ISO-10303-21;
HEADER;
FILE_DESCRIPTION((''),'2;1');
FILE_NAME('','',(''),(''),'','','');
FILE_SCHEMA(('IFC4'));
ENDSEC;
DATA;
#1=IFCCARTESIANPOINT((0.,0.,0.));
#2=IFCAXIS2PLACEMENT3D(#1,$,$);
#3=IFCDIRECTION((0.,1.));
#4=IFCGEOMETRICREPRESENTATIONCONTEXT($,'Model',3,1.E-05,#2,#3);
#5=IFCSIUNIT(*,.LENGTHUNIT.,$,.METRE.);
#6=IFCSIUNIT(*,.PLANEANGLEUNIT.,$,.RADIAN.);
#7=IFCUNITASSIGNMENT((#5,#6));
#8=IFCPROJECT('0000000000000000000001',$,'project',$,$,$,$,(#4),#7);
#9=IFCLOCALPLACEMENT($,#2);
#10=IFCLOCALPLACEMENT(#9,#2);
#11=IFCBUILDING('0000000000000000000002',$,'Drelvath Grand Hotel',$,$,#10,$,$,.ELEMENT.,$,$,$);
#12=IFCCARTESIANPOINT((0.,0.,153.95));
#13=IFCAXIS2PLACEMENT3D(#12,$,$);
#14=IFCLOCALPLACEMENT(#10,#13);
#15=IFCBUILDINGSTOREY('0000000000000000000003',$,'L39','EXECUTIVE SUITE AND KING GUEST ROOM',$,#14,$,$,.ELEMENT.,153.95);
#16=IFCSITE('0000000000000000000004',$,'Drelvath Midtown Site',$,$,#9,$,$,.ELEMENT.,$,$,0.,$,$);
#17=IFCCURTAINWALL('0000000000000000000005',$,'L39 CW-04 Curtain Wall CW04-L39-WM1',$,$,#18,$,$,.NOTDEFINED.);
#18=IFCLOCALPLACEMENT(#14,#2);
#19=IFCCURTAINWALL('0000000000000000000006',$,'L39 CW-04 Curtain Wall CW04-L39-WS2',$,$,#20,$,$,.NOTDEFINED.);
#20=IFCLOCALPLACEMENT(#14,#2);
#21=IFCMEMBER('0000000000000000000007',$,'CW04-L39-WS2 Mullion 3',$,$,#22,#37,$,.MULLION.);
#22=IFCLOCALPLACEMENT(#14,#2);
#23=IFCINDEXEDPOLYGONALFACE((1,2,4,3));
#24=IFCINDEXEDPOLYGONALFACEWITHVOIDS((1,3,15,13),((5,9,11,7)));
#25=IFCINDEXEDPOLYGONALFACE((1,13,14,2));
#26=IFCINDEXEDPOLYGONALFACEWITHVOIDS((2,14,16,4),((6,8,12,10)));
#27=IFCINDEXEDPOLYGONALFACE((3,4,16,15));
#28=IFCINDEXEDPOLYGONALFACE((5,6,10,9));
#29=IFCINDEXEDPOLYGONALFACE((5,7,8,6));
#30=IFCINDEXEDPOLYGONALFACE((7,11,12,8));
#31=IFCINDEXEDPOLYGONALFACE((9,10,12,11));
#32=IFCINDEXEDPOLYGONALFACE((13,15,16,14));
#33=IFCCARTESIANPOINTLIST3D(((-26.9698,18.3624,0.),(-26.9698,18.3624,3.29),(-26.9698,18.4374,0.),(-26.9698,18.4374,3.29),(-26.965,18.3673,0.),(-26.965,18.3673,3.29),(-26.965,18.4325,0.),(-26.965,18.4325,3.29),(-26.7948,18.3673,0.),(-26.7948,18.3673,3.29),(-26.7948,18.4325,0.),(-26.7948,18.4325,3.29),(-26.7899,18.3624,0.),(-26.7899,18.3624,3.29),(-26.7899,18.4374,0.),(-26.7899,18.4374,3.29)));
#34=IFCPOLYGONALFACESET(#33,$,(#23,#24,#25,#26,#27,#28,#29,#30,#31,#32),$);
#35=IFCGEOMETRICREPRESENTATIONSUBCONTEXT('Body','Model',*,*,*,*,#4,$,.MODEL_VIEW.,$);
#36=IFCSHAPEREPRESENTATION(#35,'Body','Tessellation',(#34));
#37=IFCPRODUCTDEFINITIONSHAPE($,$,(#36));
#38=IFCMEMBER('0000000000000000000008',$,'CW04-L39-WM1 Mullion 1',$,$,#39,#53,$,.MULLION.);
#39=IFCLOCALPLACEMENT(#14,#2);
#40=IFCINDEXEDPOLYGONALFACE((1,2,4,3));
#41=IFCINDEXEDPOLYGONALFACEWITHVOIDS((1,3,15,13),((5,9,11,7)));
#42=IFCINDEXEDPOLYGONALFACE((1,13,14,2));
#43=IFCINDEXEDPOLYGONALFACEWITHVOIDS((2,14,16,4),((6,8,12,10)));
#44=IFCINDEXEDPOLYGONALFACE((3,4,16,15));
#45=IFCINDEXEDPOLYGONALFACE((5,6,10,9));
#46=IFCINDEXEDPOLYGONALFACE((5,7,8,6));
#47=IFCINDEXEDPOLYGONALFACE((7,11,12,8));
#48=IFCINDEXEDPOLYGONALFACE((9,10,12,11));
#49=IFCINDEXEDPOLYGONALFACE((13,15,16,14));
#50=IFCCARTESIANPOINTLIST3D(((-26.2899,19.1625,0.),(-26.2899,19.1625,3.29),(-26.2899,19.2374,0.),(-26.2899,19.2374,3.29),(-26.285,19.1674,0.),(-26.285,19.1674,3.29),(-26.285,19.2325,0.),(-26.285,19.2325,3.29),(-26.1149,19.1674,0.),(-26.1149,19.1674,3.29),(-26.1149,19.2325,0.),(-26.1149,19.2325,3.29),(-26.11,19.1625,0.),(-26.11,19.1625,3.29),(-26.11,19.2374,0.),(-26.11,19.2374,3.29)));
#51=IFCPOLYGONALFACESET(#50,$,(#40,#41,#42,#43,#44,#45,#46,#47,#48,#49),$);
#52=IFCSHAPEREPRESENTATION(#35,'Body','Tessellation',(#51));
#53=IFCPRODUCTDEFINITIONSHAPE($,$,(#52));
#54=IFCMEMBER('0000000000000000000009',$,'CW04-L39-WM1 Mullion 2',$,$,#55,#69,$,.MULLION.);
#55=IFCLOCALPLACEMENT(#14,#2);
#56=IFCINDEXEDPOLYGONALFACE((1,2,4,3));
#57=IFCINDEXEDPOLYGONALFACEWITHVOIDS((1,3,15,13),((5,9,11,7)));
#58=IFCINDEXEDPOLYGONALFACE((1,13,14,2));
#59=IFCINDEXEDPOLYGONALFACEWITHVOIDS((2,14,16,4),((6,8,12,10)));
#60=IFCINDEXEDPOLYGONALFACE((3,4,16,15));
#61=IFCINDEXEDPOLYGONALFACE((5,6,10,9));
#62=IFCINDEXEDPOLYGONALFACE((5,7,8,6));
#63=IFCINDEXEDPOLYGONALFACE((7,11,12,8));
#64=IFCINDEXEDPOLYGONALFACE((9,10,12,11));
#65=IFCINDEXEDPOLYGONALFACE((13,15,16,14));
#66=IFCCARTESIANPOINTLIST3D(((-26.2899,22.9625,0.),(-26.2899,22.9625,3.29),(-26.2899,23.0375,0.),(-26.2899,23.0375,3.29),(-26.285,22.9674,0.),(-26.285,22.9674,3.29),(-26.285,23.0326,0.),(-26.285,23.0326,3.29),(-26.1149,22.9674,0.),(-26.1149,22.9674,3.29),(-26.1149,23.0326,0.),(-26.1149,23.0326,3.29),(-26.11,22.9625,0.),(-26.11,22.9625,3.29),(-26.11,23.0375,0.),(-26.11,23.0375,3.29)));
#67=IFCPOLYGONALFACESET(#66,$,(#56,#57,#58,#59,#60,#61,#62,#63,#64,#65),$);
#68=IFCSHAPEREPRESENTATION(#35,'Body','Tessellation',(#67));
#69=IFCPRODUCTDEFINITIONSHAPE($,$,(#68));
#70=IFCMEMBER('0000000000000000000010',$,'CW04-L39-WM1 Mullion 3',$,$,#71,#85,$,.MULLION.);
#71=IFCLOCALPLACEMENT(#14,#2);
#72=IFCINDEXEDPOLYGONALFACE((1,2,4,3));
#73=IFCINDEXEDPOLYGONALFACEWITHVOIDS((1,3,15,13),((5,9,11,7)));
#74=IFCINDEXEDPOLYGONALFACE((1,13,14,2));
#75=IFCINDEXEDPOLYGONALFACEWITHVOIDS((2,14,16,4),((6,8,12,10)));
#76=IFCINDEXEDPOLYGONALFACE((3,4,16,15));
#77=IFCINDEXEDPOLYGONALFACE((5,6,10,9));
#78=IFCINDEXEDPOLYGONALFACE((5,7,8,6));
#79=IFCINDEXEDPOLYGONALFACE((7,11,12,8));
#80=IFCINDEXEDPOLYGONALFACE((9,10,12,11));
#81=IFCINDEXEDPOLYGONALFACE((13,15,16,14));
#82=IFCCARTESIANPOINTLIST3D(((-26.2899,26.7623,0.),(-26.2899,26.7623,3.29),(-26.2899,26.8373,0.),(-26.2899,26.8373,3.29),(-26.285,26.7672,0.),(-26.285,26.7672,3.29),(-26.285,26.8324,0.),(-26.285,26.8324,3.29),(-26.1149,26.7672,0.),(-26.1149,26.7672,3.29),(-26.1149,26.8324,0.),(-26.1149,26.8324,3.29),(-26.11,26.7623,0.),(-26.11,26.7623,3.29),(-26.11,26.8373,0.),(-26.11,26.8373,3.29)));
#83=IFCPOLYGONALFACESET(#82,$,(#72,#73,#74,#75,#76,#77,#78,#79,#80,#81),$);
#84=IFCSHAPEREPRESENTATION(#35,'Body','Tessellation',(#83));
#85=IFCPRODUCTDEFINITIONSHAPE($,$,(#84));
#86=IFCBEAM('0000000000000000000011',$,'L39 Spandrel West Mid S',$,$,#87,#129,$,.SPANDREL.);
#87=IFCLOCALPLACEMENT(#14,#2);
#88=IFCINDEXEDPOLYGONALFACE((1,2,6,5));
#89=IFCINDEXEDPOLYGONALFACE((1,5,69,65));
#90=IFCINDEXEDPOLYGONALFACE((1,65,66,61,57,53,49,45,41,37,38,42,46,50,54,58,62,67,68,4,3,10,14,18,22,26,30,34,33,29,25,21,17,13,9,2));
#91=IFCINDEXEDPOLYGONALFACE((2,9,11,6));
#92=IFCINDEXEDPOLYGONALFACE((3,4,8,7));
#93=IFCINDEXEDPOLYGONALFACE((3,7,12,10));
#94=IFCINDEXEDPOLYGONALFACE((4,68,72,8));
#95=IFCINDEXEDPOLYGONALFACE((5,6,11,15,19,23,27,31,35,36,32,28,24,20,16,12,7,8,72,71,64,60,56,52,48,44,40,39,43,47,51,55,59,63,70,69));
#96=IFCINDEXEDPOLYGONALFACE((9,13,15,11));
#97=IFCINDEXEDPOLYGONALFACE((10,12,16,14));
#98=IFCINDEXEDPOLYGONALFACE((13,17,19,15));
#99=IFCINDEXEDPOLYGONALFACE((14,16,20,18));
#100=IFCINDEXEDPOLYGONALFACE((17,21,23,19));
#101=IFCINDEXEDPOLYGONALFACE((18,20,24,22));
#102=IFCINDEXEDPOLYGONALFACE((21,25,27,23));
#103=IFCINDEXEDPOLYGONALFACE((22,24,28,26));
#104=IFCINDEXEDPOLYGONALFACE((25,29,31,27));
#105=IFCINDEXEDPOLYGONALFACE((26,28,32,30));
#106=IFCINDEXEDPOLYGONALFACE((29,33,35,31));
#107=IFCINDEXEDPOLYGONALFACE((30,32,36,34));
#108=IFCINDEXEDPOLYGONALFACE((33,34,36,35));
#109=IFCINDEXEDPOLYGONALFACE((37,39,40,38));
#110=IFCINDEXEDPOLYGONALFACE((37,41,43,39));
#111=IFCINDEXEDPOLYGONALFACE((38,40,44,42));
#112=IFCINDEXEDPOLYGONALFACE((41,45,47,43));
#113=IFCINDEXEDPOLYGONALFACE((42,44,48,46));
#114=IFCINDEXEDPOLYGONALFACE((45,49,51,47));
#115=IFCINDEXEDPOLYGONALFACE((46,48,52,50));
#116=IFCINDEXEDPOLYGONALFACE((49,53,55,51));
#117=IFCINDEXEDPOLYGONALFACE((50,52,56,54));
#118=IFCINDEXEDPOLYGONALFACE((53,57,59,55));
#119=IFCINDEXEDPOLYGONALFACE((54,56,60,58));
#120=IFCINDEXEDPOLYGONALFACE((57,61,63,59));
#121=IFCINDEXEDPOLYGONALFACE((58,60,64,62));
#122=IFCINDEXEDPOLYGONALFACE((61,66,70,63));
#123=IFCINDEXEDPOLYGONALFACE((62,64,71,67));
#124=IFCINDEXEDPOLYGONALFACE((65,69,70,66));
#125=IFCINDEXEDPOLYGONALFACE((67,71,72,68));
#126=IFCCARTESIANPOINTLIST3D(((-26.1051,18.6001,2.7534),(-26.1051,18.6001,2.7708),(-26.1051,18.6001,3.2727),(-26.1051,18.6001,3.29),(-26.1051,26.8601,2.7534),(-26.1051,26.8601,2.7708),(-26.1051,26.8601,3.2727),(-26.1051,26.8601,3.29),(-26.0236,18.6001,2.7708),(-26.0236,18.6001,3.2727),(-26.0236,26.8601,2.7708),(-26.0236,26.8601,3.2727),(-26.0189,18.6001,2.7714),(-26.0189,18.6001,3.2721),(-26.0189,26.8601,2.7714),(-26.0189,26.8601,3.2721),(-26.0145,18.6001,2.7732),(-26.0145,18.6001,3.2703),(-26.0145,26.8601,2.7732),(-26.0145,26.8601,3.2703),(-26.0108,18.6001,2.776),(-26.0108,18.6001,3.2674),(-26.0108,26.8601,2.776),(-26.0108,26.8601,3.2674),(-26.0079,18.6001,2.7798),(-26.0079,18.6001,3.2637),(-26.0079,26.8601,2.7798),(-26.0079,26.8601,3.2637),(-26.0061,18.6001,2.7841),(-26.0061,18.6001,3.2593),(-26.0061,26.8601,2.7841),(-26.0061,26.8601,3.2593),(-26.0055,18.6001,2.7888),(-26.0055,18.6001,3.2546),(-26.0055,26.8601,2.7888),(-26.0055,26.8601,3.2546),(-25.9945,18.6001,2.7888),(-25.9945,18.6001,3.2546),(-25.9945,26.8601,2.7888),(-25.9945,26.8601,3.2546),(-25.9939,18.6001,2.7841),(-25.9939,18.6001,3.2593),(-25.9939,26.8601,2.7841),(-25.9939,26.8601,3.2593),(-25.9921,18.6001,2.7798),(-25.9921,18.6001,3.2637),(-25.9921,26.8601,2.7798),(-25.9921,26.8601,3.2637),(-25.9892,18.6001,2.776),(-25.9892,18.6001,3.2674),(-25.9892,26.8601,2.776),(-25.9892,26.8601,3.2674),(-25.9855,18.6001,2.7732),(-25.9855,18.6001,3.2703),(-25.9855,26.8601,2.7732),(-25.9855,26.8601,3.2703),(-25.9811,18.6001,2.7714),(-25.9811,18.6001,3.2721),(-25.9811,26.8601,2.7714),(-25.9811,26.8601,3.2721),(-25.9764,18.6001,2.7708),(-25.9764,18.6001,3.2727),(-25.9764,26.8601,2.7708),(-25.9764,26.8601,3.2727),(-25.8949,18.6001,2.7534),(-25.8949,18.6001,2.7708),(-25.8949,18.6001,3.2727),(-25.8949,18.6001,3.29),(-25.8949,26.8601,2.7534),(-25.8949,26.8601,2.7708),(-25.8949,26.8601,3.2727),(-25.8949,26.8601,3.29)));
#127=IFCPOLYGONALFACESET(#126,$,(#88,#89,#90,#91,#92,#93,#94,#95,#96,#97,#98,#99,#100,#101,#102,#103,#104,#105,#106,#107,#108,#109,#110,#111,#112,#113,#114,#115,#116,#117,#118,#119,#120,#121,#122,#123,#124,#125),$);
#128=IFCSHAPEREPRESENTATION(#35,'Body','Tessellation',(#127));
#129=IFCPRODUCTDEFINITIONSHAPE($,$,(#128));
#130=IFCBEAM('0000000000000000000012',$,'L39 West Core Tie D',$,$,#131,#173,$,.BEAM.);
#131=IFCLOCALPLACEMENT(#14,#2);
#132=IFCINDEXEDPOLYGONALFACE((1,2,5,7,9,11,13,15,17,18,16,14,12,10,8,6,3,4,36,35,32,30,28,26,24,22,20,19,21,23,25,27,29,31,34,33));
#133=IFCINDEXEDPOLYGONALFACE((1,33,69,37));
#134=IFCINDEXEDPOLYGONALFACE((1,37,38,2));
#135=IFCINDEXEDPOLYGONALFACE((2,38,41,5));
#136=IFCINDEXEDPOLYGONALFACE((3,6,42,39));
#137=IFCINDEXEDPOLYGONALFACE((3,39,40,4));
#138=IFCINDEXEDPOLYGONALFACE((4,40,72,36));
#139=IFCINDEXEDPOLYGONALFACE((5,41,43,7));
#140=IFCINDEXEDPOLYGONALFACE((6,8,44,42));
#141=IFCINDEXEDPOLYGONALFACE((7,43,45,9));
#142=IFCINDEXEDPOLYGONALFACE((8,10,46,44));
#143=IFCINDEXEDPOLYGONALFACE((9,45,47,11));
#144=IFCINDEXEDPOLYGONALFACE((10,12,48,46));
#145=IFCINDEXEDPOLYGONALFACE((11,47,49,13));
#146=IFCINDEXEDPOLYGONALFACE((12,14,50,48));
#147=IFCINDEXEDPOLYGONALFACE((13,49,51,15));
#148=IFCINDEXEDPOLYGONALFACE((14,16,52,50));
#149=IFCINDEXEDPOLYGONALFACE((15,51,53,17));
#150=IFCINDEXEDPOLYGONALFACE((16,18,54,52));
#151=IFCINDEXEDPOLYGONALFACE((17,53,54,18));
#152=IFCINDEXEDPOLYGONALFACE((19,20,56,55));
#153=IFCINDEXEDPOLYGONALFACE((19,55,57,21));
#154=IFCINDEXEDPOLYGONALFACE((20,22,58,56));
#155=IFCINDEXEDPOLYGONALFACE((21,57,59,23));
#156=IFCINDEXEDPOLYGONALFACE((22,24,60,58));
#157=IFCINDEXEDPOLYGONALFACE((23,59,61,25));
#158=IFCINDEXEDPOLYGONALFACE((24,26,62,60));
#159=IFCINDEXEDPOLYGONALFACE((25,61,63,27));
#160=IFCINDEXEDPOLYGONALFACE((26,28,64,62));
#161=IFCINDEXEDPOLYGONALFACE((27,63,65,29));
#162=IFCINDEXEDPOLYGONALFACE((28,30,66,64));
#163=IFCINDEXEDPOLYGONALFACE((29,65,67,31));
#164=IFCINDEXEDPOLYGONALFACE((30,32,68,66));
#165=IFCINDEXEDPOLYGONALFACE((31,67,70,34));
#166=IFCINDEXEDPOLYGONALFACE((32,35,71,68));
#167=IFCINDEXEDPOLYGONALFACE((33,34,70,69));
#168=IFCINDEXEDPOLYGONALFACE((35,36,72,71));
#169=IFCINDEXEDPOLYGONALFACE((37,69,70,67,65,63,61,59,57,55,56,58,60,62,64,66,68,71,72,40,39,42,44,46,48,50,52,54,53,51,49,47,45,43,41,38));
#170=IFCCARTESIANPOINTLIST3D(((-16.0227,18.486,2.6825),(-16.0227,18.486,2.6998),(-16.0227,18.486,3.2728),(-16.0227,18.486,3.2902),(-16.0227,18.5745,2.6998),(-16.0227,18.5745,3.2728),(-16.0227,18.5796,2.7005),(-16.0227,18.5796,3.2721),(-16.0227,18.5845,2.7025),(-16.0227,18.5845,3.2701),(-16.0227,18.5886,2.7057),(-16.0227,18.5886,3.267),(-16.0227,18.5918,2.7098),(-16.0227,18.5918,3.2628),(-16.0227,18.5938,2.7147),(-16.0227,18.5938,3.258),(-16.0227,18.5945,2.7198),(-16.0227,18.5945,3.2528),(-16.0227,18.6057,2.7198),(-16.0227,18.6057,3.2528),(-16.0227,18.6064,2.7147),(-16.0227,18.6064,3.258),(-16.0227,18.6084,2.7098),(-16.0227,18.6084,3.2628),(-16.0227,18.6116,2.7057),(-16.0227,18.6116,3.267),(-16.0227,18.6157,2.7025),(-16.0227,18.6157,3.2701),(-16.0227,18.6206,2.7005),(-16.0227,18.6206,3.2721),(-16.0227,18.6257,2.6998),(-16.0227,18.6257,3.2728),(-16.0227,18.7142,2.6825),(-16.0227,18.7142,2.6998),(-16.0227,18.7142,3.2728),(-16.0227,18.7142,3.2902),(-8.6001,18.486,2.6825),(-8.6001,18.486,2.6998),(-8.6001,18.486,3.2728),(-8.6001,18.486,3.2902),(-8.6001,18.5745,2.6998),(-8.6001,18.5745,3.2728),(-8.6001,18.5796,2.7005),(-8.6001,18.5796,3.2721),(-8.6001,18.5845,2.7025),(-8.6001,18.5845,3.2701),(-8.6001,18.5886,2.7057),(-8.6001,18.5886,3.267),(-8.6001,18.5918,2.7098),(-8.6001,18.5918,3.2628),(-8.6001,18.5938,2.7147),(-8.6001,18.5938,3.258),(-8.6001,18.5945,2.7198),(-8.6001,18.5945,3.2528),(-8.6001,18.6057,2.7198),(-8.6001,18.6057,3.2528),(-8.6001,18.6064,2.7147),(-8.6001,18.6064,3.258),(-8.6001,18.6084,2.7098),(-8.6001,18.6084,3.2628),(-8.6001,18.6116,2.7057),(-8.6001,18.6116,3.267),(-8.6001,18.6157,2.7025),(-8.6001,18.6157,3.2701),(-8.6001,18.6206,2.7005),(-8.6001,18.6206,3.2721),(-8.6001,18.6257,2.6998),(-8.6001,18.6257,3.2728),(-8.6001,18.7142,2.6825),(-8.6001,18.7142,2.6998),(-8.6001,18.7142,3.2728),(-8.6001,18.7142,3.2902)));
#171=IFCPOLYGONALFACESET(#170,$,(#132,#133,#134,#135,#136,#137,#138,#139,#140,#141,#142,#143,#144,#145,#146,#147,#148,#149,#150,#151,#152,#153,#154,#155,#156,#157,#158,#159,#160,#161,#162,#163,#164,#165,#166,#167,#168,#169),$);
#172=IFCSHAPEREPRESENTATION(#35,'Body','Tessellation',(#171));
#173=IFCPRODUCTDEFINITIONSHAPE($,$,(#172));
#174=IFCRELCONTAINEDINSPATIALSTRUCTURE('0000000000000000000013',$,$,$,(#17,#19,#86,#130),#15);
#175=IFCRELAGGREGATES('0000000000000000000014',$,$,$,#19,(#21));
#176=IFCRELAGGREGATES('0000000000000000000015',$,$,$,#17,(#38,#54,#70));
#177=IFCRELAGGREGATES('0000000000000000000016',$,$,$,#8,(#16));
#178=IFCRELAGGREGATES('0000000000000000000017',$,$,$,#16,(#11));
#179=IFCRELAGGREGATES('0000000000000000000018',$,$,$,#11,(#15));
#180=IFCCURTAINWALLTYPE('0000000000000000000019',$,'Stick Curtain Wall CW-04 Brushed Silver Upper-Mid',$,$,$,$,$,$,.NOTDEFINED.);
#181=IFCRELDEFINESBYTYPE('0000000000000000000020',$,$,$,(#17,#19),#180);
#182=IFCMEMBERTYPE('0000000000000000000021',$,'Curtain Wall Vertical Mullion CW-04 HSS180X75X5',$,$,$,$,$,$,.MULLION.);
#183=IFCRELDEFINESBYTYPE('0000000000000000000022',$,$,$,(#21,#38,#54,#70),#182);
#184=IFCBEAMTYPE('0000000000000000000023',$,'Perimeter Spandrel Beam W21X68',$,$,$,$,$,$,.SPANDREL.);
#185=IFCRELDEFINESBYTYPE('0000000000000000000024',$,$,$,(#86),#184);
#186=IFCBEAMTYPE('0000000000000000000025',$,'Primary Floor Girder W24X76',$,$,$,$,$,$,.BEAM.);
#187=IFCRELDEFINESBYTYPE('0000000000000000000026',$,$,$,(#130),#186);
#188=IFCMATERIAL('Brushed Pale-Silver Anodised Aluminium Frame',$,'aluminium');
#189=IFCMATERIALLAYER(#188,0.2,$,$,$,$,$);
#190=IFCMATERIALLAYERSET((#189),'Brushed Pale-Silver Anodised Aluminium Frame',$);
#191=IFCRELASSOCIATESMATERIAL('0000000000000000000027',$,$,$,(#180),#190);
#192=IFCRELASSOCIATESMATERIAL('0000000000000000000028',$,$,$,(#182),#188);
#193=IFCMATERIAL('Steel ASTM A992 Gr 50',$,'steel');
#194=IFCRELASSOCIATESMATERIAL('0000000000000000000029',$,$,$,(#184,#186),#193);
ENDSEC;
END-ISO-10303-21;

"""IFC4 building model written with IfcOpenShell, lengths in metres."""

from ifc_helpers import new_model, si_unit, direction, frame, origin, origin_2d, place, context, subcontext, project, spatial, hollow_rectangle, i_section, extrude, material, layer, layer_set, material_profile, profile_set, type_object, element, aggregate, save


model = new_model("IFC4")

# Units and contexts
model_context = context("Model", 3, precision=1e-05, world=origin(), true_north=direction((0.0, 1.0)))
body_context = subcontext(model_context, "Body", "Model", "MODEL_VIEW")
ifc_project = project(units=[si_unit("LENGTHUNIT", "METRE"), si_unit("PLANEANGLEUNIT", "RADIAN")], contexts=[model_context])

# Site, building, storey
site_placement = place(None, origin())
site = spatial("IfcSite", under=ifc_project, at=site_placement, Name="Drelvath Midtown Site", CompositionType="ELEMENT", RefElevation=0.0)
building_placement = place(site_placement, origin())
building = spatial("IfcBuilding", under=site, at=building_placement, Name="Drelvath Grand Hotel", CompositionType="ELEMENT")
storey_placement = place(building_placement, frame((0.0, 0.0, 153.95)))
storey = spatial("IfcBuildingStorey", under=building, at=storey_placement, Name="L39", Description="EXECUTIVE SUITE AND KING GUEST ROOM", CompositionType="ELEMENT", Elevation=153.95)

# Shared definitions
ifc_material_1 = material(Name="Steel ASTM A992 Gr 50", Category="steel")

# Curtain wall
ifc_material_2 = material(Name="Brushed Pale-Silver Anodised Aluminium Frame", Category="aluminium")
ifc_layer_1 = layer(ifc_material_2, 0.2)
ifc_layer_set_1 = layer_set([ifc_layer_1], Name="Brushed Pale-Silver Anodised Aluminium Frame")
curtain_wall_type = type_object("IfcCurtainWallType", Name="Stick Curtain Wall CW-04 Brushed Silver Upper-Mid", PredefinedType="NOTDEFINED", material=ifc_layer_set_1)
curtain_wall_1_placement = place(storey_placement, origin())
curtain_wall_1 = element("IfcCurtainWall", 1, at=curtain_wall_1_placement, inside=storey, type_object=curtain_wall_type, Name="L39 CW-04 Curtain Wall CW04-L39-WM1", PredefinedType="NOTDEFINED")

# Curtain wall, member
curtain_wall_2_placement = place(storey_placement, origin())
curtain_wall_2 = element("IfcCurtainWall", 2, at=curtain_wall_2_placement, inside=storey, type_object=curtain_wall_type, Name="L39 CW-04 Curtain Wall CW04-L39-WS2", PredefinedType="NOTDEFINED")
ifc_material_profile_1 = material_profile(ifc_material_2, hollow_rectangle(XDim=0.075, YDim=0.1799, WallThickness=0.0049, at=origin_2d()), Name="HSS180X75X5")
ifc_profile_set_1 = profile_set([ifc_material_profile_1], Name="Brushed Pale-Silver Anodised Aluminium Frame")
member_type_1 = type_object("IfcMemberType", Name="Curtain Wall Vertical Mullion CW-04 HSS180X75X5", PredefinedType="MULLION", material=ifc_profile_set_1)
member_1_placement = place(storey_placement, frame((-26.8799, 18.3999, 0.0), z_axis=(0.0, 0.0, 1.0), x_axis=(0.0, 1.0, 0.0)))
member_1 = element("IfcMember", 3, at=member_1_placement, type_object=member_type_1, Name="CW04-L39-WS2 Mullion 3", PredefinedType="MULLION", context=body_context, shape_type="SweptSolid", body=[
    extrude(hollow_rectangle(XDim=0.075, YDim=0.1799, WallThickness=0.0049, at=origin_2d()), origin(), (0.0, 0.0, 1.0), 3.29),
])

# Members
member_2_placement = place(storey_placement, frame((-26.2, 19.2, 0.0), z_axis=(0.0, 0.0, 1.0), x_axis=(0.0, 1.0, 0.0)))
member_2 = element("IfcMember", 4, at=member_2_placement, type_object=member_type_1, Name="CW04-L39-WM1 Mullion 1", PredefinedType="MULLION", context=body_context, shape_type="SweptSolid", body=[
    extrude(hollow_rectangle(XDim=0.075, YDim=0.1799, WallThickness=0.0049, at=origin_2d()), origin(), (0.0, 0.0, 1.0), 3.29),
])
member_3_placement = place(storey_placement, frame((-26.2, 23.0, 0.0), z_axis=(0.0, 0.0, 1.0), x_axis=(0.0, 1.0, 0.0)))
member_3 = element("IfcMember", 5, at=member_3_placement, type_object=member_type_1, Name="CW04-L39-WM1 Mullion 2", PredefinedType="MULLION", context=body_context, shape_type="SweptSolid", body=[
    extrude(hollow_rectangle(XDim=0.075, YDim=0.1799, WallThickness=0.0049, at=origin_2d()), origin(), (0.0, 0.0, 1.0), 3.29),
])
member_4_placement = place(storey_placement, frame((-26.2, 26.7998, 0.0), z_axis=(0.0, 0.0, 1.0), x_axis=(0.0, 1.0, 0.0)))
member_4 = element("IfcMember", 6, at=member_4_placement, type_object=member_type_1, Name="CW04-L39-WM1 Mullion 3", PredefinedType="MULLION", context=body_context, shape_type="SweptSolid", body=[
    extrude(hollow_rectangle(XDim=0.075, YDim=0.1799, WallThickness=0.0049, at=origin_2d()), origin(), (0.0, 0.0, 1.0), 3.29),
])

# Beams
ifc_material_profile_2 = material_profile(ifc_material_1, i_section(OverallWidth=0.2102, OverallDepth=0.5366, WebThickness=0.011, FlangeThickness=0.0173, FilletRadius=0.0181, at=origin_2d()), Name="W21X68")
ifc_profile_set_2 = profile_set([ifc_material_profile_2], Name="Steel ASTM A992 Gr 50")
beam_type_1 = type_object("IfcBeamType", Name="Perimeter Spandrel Beam W21X68", PredefinedType="SPANDREL", material=ifc_profile_set_2)
beam_1_placement = place(storey_placement, frame((-26.0, 18.6001, 3.0217), z_axis=(0.0, 1.0, 0.0), x_axis=(-1.0, 0.0, 0.0)))
element("IfcBeam", 7, at=beam_1_placement, inside=storey, type_object=beam_type_1, Name="L39 Spandrel West Mid S", PredefinedType="SPANDREL", context=body_context, shape_type="SweptSolid", body=[
    extrude(i_section(OverallWidth=0.2102, OverallDepth=0.5366, WebThickness=0.011, FlangeThickness=0.0173, FilletRadius=0.0181, at=origin_2d()), origin(), (0.0, 0.0, 1.0), 8.26),
])
ifc_material_profile_3 = material_profile(ifc_material_1, i_section(OverallWidth=0.2283, OverallDepth=0.6077, WebThickness=0.0112, FlangeThickness=0.0173, FilletRadius=0.02, at=origin_2d()), Name="W24X76")
ifc_profile_set_3 = profile_set([ifc_material_profile_3], Name="Steel ASTM A992 Gr 50")
beam_type_2 = type_object("IfcBeamType", Name="Primary Floor Girder W24X76", PredefinedType="BEAM", material=ifc_profile_set_3)
beam_2_placement = place(storey_placement, frame((-16.0227, 18.6001, 2.9863), z_axis=(1.0, 0.0, 0.0), x_axis=(0.0, 1.0, 0.0)))
element("IfcBeam", 8, at=beam_2_placement, inside=storey, type_object=beam_type_2, Name="L39 West Core Tie D", PredefinedType="BEAM", context=body_context, shape_type="SweptSolid", body=[
    extrude(i_section(OverallWidth=0.2283, OverallDepth=0.6077, WebThickness=0.0112, FlangeThickness=0.0173, FilletRadius=0.02, at=origin_2d()), origin(), (0.0, 0.0, 1.0), 7.4226),
])

aggregate(curtain_wall_2, [member_1])
aggregate(curtain_wall_1, [member_2, member_3, member_4])

save(model, "model.ifc")
